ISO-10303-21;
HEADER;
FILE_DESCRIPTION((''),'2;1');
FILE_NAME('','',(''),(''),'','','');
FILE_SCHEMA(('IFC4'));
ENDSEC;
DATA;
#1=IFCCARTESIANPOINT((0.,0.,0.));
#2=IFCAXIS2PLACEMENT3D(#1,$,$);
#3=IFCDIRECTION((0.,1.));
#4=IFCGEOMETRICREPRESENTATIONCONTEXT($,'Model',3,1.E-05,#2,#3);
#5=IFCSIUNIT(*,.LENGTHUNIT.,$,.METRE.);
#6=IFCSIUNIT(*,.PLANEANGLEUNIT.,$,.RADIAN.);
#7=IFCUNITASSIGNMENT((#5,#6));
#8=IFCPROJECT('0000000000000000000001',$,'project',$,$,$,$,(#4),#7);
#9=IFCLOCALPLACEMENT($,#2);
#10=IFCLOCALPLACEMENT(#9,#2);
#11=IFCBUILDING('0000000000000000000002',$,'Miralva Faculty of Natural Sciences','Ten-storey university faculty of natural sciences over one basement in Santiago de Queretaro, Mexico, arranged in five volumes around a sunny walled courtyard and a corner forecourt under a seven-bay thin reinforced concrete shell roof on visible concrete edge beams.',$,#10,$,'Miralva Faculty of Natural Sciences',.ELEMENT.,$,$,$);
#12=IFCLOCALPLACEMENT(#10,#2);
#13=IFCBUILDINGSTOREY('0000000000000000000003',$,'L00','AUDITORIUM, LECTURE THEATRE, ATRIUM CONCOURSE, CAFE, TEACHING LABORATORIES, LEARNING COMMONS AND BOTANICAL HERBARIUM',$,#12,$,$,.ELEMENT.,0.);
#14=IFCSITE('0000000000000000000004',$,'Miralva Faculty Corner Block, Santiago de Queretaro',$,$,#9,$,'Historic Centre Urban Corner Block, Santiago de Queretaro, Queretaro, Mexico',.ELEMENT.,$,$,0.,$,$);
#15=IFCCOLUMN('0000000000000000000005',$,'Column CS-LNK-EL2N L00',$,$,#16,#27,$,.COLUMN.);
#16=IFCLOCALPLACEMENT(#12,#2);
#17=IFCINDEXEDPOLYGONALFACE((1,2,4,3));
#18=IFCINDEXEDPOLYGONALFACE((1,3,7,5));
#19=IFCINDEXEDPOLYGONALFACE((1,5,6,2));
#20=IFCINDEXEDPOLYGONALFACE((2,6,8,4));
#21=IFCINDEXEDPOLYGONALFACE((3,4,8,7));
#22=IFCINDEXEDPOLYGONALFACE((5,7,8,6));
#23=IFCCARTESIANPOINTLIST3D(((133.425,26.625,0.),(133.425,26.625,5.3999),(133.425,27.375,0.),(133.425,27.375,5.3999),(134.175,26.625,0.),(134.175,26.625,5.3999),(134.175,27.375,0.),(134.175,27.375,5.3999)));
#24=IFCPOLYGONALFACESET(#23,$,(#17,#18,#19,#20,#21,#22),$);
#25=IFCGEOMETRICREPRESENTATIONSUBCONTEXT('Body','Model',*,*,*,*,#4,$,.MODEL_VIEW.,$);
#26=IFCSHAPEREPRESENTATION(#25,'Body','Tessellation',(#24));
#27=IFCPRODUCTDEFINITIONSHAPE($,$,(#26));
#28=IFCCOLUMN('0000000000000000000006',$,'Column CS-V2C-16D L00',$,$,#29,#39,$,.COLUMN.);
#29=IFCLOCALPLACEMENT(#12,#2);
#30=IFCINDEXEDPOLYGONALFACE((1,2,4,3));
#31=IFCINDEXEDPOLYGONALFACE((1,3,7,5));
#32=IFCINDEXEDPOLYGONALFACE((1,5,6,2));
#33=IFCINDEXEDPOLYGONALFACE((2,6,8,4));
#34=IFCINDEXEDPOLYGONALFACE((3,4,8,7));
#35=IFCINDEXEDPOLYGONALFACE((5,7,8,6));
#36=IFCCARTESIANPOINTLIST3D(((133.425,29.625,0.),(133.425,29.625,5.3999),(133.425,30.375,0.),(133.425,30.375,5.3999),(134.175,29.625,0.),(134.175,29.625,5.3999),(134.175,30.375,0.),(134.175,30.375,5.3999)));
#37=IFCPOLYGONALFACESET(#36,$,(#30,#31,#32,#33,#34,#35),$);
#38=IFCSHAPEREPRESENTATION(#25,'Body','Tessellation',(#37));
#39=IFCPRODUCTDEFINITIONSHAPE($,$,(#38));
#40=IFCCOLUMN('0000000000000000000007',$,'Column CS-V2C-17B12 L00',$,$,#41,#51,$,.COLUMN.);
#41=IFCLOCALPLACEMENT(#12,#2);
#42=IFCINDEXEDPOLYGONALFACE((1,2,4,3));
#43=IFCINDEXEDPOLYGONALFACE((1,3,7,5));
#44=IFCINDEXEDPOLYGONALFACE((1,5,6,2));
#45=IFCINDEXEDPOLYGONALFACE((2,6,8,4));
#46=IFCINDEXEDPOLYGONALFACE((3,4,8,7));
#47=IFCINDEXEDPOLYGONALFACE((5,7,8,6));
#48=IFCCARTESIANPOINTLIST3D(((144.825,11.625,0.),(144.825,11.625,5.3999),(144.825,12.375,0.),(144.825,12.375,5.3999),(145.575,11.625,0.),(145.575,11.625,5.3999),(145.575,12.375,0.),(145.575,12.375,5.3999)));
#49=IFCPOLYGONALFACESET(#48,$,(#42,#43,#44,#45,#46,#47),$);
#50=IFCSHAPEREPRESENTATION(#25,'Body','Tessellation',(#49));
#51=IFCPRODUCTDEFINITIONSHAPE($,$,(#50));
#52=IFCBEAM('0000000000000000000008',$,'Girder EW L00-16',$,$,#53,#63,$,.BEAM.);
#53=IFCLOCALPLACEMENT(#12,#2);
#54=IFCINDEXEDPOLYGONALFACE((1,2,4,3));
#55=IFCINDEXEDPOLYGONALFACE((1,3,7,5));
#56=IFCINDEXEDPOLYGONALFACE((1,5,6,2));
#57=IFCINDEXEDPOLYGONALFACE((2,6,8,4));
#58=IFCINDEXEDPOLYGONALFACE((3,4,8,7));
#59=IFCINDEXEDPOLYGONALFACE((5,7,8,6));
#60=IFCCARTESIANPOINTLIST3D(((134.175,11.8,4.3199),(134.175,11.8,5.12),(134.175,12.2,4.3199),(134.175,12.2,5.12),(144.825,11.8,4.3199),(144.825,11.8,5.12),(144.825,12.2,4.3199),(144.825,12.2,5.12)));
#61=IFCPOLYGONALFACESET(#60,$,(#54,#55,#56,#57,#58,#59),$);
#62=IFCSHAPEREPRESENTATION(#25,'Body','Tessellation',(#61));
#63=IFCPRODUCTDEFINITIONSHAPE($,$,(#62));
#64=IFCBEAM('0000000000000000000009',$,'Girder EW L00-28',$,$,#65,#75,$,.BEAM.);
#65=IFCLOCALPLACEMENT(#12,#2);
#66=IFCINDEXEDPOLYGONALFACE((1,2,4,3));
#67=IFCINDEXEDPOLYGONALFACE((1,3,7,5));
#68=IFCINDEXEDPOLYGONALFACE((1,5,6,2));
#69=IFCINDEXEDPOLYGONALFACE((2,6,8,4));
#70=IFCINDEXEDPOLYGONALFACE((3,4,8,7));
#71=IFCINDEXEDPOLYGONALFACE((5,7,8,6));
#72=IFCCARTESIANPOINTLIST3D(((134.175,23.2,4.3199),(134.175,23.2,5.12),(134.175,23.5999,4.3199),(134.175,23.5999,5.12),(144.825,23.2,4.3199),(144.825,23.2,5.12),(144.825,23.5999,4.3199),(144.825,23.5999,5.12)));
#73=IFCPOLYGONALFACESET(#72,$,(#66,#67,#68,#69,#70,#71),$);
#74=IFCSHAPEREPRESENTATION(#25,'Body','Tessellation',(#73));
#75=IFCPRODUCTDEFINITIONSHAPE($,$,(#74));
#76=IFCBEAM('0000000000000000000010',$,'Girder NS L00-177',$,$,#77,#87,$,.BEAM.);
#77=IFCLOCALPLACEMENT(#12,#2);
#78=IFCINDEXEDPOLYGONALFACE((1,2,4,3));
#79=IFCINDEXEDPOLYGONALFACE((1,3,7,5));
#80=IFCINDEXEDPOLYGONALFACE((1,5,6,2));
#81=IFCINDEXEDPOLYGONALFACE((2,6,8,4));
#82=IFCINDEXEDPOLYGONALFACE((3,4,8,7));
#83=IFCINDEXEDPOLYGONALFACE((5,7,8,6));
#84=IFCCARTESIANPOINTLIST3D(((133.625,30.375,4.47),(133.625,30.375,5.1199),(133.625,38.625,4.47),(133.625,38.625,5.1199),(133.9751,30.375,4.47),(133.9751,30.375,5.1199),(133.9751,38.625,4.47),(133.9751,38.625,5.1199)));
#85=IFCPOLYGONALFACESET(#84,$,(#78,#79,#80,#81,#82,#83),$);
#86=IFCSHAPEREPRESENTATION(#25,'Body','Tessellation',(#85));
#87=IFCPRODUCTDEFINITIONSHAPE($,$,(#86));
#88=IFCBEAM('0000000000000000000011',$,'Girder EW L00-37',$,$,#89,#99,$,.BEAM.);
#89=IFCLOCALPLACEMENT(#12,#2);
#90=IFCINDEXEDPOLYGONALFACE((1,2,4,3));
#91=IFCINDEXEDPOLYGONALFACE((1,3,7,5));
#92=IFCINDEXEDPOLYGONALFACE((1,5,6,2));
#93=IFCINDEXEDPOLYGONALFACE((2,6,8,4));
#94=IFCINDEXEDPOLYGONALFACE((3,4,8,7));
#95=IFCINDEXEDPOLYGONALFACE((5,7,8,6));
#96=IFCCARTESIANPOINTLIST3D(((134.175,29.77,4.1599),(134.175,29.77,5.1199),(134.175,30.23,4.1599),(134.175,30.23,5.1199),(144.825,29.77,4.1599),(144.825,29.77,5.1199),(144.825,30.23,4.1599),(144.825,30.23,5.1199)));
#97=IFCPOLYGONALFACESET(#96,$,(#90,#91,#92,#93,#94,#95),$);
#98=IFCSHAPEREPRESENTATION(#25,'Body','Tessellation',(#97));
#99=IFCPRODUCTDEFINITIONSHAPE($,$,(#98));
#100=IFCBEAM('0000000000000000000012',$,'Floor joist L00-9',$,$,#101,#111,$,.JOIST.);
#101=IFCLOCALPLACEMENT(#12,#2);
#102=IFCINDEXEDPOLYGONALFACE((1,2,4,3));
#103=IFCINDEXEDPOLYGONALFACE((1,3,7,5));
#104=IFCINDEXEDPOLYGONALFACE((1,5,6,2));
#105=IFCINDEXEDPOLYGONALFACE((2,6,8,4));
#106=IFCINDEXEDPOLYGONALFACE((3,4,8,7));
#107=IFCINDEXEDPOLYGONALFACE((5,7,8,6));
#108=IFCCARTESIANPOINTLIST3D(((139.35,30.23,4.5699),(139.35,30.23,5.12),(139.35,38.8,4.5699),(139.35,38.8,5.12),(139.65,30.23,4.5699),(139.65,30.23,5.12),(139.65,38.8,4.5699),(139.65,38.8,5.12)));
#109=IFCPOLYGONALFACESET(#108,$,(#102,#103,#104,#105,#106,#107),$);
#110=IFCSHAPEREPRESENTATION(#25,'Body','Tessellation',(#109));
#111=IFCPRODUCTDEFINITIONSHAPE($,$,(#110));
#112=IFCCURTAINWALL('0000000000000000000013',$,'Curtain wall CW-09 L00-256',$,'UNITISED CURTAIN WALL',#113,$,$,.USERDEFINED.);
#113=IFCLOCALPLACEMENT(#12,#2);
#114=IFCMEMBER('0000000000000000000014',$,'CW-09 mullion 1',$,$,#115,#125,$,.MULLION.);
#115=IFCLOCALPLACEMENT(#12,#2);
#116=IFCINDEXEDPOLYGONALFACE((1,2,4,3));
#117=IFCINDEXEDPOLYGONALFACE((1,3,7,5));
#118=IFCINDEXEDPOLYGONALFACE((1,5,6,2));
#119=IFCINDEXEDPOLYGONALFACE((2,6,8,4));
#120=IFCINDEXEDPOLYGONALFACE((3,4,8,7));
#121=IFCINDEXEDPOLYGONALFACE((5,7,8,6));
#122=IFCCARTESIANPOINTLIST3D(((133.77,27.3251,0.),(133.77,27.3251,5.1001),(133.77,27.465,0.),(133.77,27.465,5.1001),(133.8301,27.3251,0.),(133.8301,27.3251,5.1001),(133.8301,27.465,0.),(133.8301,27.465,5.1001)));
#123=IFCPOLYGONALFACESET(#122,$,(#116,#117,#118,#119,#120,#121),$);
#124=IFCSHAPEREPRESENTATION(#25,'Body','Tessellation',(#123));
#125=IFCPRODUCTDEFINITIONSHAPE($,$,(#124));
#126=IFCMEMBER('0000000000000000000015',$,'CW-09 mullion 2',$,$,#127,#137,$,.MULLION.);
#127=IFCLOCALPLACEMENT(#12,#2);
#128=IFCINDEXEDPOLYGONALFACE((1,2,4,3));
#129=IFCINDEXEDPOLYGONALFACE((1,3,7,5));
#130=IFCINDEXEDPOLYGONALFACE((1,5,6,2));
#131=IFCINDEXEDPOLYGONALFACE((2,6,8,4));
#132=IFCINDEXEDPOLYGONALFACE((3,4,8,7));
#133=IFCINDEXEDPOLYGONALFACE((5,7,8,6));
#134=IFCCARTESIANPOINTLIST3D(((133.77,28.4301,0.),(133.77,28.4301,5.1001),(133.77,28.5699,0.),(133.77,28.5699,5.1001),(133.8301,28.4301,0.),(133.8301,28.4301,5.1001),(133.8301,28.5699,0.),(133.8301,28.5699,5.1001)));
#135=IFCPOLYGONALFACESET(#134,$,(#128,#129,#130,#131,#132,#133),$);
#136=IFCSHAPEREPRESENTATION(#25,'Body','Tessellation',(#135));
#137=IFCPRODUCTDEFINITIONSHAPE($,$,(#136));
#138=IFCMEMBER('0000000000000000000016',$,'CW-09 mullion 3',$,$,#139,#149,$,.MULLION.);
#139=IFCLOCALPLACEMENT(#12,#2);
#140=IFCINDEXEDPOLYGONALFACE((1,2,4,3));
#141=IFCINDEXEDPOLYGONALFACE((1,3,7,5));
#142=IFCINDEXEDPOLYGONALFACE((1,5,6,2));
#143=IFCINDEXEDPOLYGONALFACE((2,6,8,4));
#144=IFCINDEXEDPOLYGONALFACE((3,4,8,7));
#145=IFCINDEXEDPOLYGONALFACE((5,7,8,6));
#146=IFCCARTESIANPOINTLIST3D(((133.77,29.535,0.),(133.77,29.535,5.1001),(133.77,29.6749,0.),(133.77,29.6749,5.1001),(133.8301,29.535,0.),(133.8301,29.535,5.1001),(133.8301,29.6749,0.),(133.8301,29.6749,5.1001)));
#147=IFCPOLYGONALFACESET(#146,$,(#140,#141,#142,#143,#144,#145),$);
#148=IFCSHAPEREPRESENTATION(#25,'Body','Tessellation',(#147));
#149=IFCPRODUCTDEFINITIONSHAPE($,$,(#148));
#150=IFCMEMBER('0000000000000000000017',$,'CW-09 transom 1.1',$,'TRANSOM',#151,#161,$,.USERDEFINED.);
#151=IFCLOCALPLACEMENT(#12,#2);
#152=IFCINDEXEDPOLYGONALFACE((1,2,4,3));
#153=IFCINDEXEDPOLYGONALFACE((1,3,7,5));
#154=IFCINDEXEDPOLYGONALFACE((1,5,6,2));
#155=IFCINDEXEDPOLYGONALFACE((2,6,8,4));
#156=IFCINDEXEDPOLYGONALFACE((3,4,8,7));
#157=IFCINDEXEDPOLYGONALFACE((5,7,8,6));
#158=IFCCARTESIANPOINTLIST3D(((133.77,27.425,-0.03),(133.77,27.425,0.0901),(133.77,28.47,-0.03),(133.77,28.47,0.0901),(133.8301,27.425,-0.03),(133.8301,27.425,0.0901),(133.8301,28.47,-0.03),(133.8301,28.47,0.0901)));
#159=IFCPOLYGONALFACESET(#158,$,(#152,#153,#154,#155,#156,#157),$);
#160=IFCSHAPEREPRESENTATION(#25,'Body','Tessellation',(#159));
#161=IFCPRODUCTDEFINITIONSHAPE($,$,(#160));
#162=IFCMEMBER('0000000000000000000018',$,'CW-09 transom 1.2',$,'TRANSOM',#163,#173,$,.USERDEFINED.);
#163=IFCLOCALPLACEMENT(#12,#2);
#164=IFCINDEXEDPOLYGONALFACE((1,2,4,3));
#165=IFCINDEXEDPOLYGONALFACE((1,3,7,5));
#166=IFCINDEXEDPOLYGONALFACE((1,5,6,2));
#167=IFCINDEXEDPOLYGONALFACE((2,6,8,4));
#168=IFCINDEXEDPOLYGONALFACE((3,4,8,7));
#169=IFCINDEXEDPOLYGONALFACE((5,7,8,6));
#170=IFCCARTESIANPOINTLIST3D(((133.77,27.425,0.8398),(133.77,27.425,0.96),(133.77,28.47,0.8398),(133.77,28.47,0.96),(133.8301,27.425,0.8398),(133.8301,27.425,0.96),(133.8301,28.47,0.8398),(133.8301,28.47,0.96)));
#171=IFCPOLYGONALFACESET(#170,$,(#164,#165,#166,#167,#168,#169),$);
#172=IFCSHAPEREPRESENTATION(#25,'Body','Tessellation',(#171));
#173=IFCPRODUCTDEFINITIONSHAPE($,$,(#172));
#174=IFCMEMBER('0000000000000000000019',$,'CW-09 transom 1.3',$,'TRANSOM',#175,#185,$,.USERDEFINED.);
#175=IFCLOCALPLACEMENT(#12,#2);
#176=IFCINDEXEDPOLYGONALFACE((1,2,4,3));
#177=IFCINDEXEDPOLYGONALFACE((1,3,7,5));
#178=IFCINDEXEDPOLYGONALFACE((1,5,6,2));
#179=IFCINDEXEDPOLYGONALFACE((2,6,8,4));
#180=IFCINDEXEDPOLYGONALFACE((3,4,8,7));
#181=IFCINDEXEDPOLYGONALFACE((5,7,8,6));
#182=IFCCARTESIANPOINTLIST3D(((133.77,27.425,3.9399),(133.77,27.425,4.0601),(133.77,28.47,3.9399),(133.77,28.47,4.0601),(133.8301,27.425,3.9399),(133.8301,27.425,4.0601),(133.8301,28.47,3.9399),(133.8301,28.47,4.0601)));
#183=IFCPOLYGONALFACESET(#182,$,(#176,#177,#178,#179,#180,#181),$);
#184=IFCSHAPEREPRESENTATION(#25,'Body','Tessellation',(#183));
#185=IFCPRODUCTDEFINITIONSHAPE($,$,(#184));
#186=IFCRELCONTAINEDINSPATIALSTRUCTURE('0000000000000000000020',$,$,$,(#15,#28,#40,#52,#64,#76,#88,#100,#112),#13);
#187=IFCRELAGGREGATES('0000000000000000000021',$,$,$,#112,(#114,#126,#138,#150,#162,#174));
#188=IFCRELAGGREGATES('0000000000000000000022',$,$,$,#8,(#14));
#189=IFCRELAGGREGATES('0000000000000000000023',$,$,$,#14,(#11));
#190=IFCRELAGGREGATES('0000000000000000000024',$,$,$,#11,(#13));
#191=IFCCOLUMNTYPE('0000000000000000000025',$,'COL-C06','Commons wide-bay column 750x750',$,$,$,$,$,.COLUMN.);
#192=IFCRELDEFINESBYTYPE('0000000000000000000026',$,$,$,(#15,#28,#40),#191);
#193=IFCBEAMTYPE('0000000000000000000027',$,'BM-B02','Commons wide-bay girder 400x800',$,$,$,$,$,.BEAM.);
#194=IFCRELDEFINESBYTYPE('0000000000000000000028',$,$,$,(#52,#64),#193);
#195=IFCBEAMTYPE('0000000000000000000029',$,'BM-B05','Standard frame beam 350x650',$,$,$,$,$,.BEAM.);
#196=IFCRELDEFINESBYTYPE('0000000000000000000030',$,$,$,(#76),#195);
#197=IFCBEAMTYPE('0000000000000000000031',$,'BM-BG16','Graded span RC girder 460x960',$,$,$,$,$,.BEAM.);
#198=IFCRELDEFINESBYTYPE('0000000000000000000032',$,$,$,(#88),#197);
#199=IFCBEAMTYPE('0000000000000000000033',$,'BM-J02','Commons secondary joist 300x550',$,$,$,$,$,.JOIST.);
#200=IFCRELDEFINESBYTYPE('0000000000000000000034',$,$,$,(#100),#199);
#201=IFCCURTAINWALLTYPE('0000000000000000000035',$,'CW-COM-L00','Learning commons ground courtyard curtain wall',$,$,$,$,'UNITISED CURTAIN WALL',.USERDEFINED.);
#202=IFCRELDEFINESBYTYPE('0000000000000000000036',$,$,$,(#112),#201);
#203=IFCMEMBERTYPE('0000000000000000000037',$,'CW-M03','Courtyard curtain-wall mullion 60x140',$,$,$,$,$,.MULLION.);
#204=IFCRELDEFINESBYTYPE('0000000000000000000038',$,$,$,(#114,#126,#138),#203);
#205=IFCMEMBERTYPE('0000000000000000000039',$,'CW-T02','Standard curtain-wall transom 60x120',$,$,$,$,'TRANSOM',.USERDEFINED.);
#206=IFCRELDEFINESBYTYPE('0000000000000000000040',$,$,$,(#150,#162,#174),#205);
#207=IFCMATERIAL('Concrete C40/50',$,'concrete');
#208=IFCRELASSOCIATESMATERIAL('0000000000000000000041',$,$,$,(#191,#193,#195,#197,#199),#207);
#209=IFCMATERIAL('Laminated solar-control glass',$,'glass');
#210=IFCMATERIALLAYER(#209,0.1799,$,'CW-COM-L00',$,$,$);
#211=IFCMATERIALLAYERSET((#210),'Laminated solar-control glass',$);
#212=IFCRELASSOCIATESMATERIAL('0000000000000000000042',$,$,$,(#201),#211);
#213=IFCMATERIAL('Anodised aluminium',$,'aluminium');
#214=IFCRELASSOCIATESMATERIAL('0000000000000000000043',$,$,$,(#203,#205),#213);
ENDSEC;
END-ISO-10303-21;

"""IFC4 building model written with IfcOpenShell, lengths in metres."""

from ifc_helpers import new_model, si_unit, direction, frame, origin, origin_2d, place, context, subcontext, project, spatial, rectangle, extrude, material, layer, layer_set, material_profile, profile_set, type_object, element, aggregate, save


model = new_model("IFC4")

# Units and contexts
model_context = context("Model", 3, precision=1e-05, world=origin(), true_north=direction((0.0, 1.0)))
body_context = subcontext(model_context, "Body", "Model", "MODEL_VIEW")
ifc_project = project(units=[si_unit("LENGTHUNIT", "METRE"), si_unit("PLANEANGLEUNIT", "RADIAN")], contexts=[model_context])

# Site, building, storey
site_placement = place(None, origin())
site = spatial("IfcSite", under=ifc_project, at=site_placement, Name="Miralva Faculty Corner Block, Santiago de Queretaro", LongName="Historic Centre Urban Corner Block, Santiago de Queretaro, Queretaro, Mexico", CompositionType="ELEMENT", RefElevation=0.0)
building_placement = place(site_placement, origin())
building = spatial("IfcBuilding", under=site, at=building_placement, Name="Miralva Faculty of Natural Sciences", Description="Ten-storey university faculty of natural sciences over one basement in Santiago de Queretaro, Mexico, arranged in five volumes around a sunny walled courtyard and a corner forecourt under a seven-bay thin reinforced concrete shell roof on visible concrete edge beams.", LongName="Miralva Faculty of Natural Sciences", CompositionType="ELEMENT")
storey_placement = place(building_placement, origin())
storey = spatial("IfcBuildingStorey", under=building, at=storey_placement, Name="L00", Description="AUDITORIUM, LECTURE THEATRE, ATRIUM CONCOURSE, CAFE, TEACHING LABORATORIES, LEARNING COMMONS AND BOTANICAL HERBARIUM", CompositionType="ELEMENT", Elevation=0.0)

# Columns
ifc_material_1 = material(Name="Concrete C40/50", Category="concrete")
ifc_material_profile_1 = material_profile(ifc_material_1, rectangle(XDim=0.75, YDim=0.75, at=origin_2d()), Name="RC 750x750")
ifc_profile_set_1 = profile_set([ifc_material_profile_1], Name="Concrete C40/50")
column_type = type_object("IfcColumnType", Name="COL-C06", Description="Commons wide-bay column 750x750", PredefinedType="COLUMN", material=ifc_profile_set_1)
for number, where, z_axis, x_axis, name in (
    (1, (133.8, 27.0, 0.0), (0.0, 0.0, 1.0), (1.0, 0.0, 0.0), "Column CS-LNK-EL2N L00"),
    (2, (133.8, 30.0, 0.0), (0.0, 0.0, 1.0), (1.0, 0.0, 0.0), "Column CS-V2C-16D L00"),
    (3, (145.2, 12.0, 0.0), (0.0, 0.0, 1.0), (1.0, 0.0, 0.0), "Column CS-V2C-17B12 L00"),
):
    element("IfcColumn", number, at=place(storey_placement, frame(where, z_axis=z_axis, x_axis=x_axis)), inside=storey, type_object=column_type, Name=name, PredefinedType="COLUMN", context=body_context, shape_type="SweptSolid", body=[
        extrude(rectangle(XDim=0.75, YDim=0.75, at=origin_2d()), origin(), (0.0, 0.0, 1.0), 5.3999),
    ])

# Beams
ifc_material_profile_2 = material_profile(ifc_material_1, rectangle(XDim=0.3999, YDim=0.8, at=origin_2d()), Name="RC 400x800")
ifc_profile_set_2 = profile_set([ifc_material_profile_2], Name="Concrete C40/50")
beam_type_1 = type_object("IfcBeamType", Name="BM-B02", Description="Commons wide-bay girder 400x800", PredefinedType="BEAM", material=ifc_profile_set_2)
for number, where, z_axis, x_axis, name in (
    (4, (134.175, 12.0, 4.72), (1.0, 0.0, 0.0), (0.0, 1.0, 0.0), "Girder EW L00-16"),
    (5, (134.175, 23.3999, 4.72), (1.0, 0.0, 0.0), (0.0, 1.0, 0.0), "Girder EW L00-28"),
):
    element("IfcBeam", number, at=place(storey_placement, frame(where, z_axis=z_axis, x_axis=x_axis)), inside=storey, type_object=beam_type_1, Name=name, PredefinedType="BEAM", context=body_context, shape_type="SweptSolid", body=[
        extrude(rectangle(XDim=0.3999, YDim=0.8, at=origin_2d()), origin(), (0.0, 0.0, 1.0), 10.6499),
    ])
ifc_material_profile_3 = material_profile(ifc_material_1, rectangle(XDim=0.3501, YDim=0.6499, at=origin_2d()), Name="RC 350x650")
ifc_profile_set_3 = profile_set([ifc_material_profile_3], Name="Concrete C40/50")
beam_type_2 = type_object("IfcBeamType", Name="BM-B05", Description="Standard frame beam 350x650", PredefinedType="BEAM", material=ifc_profile_set_3)
beam_1_placement = place(storey_placement, frame((133.8, 30.375, 4.7949), z_axis=(0.0, 1.0, 0.0), x_axis=(-1.0, 0.0, 0.0)))
element("IfcBeam", 6, at=beam_1_placement, inside=storey, type_object=beam_type_2, Name="Girder NS L00-177", PredefinedType="BEAM", context=body_context, shape_type="SweptSolid", body=[
    extrude(rectangle(XDim=0.3501, YDim=0.6499, at=origin_2d()), origin(), (0.0, 0.0, 1.0), 8.25),
])
ifc_material_profile_4 = material_profile(ifc_material_1, rectangle(XDim=0.46, YDim=0.96, at=origin_2d()), Name="RC 460x960")
ifc_profile_set_4 = profile_set([ifc_material_profile_4], Name="Concrete C40/50")
beam_type_3 = type_object("IfcBeamType", Name="BM-BG16", Description="Graded span RC girder 460x960", PredefinedType="BEAM", material=ifc_profile_set_4)
beam_2_placement = place(storey_placement, frame((134.175, 30.0, 4.6399), z_axis=(1.0, 0.0, 0.0), x_axis=(0.0, 1.0, 0.0)))
element("IfcBeam", 7, at=beam_2_placement, inside=storey, type_object=beam_type_3, Name="Girder EW L00-37", PredefinedType="BEAM", context=body_context, shape_type="SweptSolid", body=[
    extrude(rectangle(XDim=0.46, YDim=0.96, at=origin_2d()), origin(), (0.0, 0.0, 1.0), 10.6499),
])
ifc_material_profile_5 = material_profile(ifc_material_1, rectangle(XDim=0.3, YDim=0.55, at=origin_2d()), Name="RC 300x550")
ifc_profile_set_5 = profile_set([ifc_material_profile_5], Name="Concrete C40/50")
beam_type_4 = type_object("IfcBeamType", Name="BM-J02", Description="Commons secondary joist 300x550", PredefinedType="JOIST", material=ifc_profile_set_5)
beam_3_placement = place(storey_placement, frame((139.5, 30.23, 4.845), z_axis=(0.0, 1.0, 0.0), x_axis=(-1.0, 0.0, 0.0)))
element("IfcBeam", 8, at=beam_3_placement, inside=storey, type_object=beam_type_4, Name="Floor joist L00-9", PredefinedType="JOIST", context=body_context, shape_type="SweptSolid", body=[
    extrude(rectangle(XDim=0.3, YDim=0.55, at=origin_2d()), origin(), (0.0, 0.0, 1.0), 8.5701),
])

# Curtain wall, members
ifc_material_2 = material(Name="Laminated solar-control glass", Category="glass")
ifc_layer_1 = layer(ifc_material_2, 0.1799, Name="CW-COM-L00")
ifc_layer_set_1 = layer_set([ifc_layer_1], Name="Laminated solar-control glass")
curtain_wall_type = type_object("IfcCurtainWallType", Name="CW-COM-L00", Description="Learning commons ground courtyard curtain wall", ElementType="UNITISED CURTAIN WALL", PredefinedType="USERDEFINED", material=ifc_layer_set_1)
curtain_wall_placement = place(storey_placement, origin())
curtain_wall = element("IfcCurtainWall", 9, at=curtain_wall_placement, inside=storey, type_object=curtain_wall_type, Name="Curtain wall CW-09 L00-256", ObjectType="UNITISED CURTAIN WALL", PredefinedType="USERDEFINED")
ifc_material_3 = material(Name="Anodised aluminium", Category="aluminium")
ifc_material_profile_6 = material_profile(ifc_material_3, rectangle(XDim=0.0601, YDim=0.1399, at=origin_2d()), Name="MULLION 60x140")
ifc_profile_set_6 = profile_set([ifc_material_profile_6], Name="Anodised aluminium")
member_type_1 = type_object("IfcMemberType", Name="CW-M03", Description="Courtyard curtain-wall mullion 60x140", PredefinedType="MULLION", material=ifc_profile_set_6)
member_1_placement = place(storey_placement, frame((133.8, 27.395, 0.0), z_axis=(0.0, 0.0, 1.0), x_axis=(-1.0, 0.0, 0.0)))
member_1 = element("IfcMember", 10, at=member_1_placement, type_object=member_type_1, Name="CW-09 mullion 1", PredefinedType="MULLION", context=body_context, shape_type="SweptSolid", body=[
    extrude(rectangle(XDim=0.0601, YDim=0.1399, at=origin_2d()), origin(), (0.0, 0.0, 1.0), 5.1001),
])
member_2_placement = place(storey_placement, frame((133.8, 28.5, 0.0), z_axis=(0.0, 0.0, 1.0), x_axis=(-1.0, 0.0, 0.0)))
member_2 = element("IfcMember", 11, at=member_2_placement, type_object=member_type_1, Name="CW-09 mullion 2", PredefinedType="MULLION", context=body_context, shape_type="SweptSolid", body=[
    extrude(rectangle(XDim=0.0601, YDim=0.1399, at=origin_2d()), origin(), (0.0, 0.0, 1.0), 5.1001),
])
member_3_placement = place(storey_placement, frame((133.8, 29.605, 0.0), z_axis=(0.0, 0.0, 1.0), x_axis=(-1.0, 0.0, 0.0)))
member_3 = element("IfcMember", 12, at=member_3_placement, type_object=member_type_1, Name="CW-09 mullion 3", PredefinedType="MULLION", context=body_context, shape_type="SweptSolid", body=[
    extrude(rectangle(XDim=0.0601, YDim=0.1399, at=origin_2d()), origin(), (0.0, 0.0, 1.0), 5.1001),
])
ifc_material_profile_7 = material_profile(ifc_material_3, rectangle(XDim=0.0601, YDim=0.1201, at=origin_2d()), Name="TRANSOM 60x120")
ifc_profile_set_7 = profile_set([ifc_material_profile_7], Name="Anodised aluminium")
member_type_2 = type_object("IfcMemberType", Name="CW-T02", Description="Standard curtain-wall transom 60x120", ElementType="TRANSOM", PredefinedType="USERDEFINED", material=ifc_profile_set_7)
member_4_placement = place(storey_placement, frame((133.8, 27.425, 0.03), z_axis=(0.0, 1.0, 0.0), x_axis=(-1.0, 0.0, 0.0)))
member_4 = element("IfcMember", 13, at=member_4_placement, type_object=member_type_2, Name="CW-09 transom 1.1", ObjectType="TRANSOM", PredefinedType="USERDEFINED", context=body_context, shape_type="SweptSolid", body=[
    extrude(rectangle(XDim=0.0601, YDim=0.1201, at=origin_2d()), origin(), (0.0, 0.0, 1.0), 1.0449),
])
member_5_placement = place(storey_placement, frame((133.8, 27.425, 0.8999), z_axis=(0.0, 1.0, 0.0), x_axis=(-1.0, 0.0, 0.0)))
member_5 = element("IfcMember", 14, at=member_5_placement, type_object=member_type_2, Name="CW-09 transom 1.2", ObjectType="TRANSOM", PredefinedType="USERDEFINED", context=body_context, shape_type="SweptSolid", body=[
    extrude(rectangle(XDim=0.0601, YDim=0.1201, at=origin_2d()), origin(), (0.0, 0.0, 1.0), 1.0449),
])
member_6_placement = place(storey_placement, frame((133.8, 27.425, 4.0), z_axis=(0.0, 1.0, 0.0), x_axis=(-1.0, 0.0, 0.0)))
member_6 = element("IfcMember", 15, at=member_6_placement, type_object=member_type_2, Name="CW-09 transom 1.3", ObjectType="TRANSOM", PredefinedType="USERDEFINED", context=body_context, shape_type="SweptSolid", body=[
    extrude(rectangle(XDim=0.0601, YDim=0.1201, at=origin_2d()), origin(), (0.0, 0.0, 1.0), 1.0449),
])
aggregate(curtain_wall, [member_1, member_2, member_3, member_4, member_5, member_6])

save(model, "model.ifc")
